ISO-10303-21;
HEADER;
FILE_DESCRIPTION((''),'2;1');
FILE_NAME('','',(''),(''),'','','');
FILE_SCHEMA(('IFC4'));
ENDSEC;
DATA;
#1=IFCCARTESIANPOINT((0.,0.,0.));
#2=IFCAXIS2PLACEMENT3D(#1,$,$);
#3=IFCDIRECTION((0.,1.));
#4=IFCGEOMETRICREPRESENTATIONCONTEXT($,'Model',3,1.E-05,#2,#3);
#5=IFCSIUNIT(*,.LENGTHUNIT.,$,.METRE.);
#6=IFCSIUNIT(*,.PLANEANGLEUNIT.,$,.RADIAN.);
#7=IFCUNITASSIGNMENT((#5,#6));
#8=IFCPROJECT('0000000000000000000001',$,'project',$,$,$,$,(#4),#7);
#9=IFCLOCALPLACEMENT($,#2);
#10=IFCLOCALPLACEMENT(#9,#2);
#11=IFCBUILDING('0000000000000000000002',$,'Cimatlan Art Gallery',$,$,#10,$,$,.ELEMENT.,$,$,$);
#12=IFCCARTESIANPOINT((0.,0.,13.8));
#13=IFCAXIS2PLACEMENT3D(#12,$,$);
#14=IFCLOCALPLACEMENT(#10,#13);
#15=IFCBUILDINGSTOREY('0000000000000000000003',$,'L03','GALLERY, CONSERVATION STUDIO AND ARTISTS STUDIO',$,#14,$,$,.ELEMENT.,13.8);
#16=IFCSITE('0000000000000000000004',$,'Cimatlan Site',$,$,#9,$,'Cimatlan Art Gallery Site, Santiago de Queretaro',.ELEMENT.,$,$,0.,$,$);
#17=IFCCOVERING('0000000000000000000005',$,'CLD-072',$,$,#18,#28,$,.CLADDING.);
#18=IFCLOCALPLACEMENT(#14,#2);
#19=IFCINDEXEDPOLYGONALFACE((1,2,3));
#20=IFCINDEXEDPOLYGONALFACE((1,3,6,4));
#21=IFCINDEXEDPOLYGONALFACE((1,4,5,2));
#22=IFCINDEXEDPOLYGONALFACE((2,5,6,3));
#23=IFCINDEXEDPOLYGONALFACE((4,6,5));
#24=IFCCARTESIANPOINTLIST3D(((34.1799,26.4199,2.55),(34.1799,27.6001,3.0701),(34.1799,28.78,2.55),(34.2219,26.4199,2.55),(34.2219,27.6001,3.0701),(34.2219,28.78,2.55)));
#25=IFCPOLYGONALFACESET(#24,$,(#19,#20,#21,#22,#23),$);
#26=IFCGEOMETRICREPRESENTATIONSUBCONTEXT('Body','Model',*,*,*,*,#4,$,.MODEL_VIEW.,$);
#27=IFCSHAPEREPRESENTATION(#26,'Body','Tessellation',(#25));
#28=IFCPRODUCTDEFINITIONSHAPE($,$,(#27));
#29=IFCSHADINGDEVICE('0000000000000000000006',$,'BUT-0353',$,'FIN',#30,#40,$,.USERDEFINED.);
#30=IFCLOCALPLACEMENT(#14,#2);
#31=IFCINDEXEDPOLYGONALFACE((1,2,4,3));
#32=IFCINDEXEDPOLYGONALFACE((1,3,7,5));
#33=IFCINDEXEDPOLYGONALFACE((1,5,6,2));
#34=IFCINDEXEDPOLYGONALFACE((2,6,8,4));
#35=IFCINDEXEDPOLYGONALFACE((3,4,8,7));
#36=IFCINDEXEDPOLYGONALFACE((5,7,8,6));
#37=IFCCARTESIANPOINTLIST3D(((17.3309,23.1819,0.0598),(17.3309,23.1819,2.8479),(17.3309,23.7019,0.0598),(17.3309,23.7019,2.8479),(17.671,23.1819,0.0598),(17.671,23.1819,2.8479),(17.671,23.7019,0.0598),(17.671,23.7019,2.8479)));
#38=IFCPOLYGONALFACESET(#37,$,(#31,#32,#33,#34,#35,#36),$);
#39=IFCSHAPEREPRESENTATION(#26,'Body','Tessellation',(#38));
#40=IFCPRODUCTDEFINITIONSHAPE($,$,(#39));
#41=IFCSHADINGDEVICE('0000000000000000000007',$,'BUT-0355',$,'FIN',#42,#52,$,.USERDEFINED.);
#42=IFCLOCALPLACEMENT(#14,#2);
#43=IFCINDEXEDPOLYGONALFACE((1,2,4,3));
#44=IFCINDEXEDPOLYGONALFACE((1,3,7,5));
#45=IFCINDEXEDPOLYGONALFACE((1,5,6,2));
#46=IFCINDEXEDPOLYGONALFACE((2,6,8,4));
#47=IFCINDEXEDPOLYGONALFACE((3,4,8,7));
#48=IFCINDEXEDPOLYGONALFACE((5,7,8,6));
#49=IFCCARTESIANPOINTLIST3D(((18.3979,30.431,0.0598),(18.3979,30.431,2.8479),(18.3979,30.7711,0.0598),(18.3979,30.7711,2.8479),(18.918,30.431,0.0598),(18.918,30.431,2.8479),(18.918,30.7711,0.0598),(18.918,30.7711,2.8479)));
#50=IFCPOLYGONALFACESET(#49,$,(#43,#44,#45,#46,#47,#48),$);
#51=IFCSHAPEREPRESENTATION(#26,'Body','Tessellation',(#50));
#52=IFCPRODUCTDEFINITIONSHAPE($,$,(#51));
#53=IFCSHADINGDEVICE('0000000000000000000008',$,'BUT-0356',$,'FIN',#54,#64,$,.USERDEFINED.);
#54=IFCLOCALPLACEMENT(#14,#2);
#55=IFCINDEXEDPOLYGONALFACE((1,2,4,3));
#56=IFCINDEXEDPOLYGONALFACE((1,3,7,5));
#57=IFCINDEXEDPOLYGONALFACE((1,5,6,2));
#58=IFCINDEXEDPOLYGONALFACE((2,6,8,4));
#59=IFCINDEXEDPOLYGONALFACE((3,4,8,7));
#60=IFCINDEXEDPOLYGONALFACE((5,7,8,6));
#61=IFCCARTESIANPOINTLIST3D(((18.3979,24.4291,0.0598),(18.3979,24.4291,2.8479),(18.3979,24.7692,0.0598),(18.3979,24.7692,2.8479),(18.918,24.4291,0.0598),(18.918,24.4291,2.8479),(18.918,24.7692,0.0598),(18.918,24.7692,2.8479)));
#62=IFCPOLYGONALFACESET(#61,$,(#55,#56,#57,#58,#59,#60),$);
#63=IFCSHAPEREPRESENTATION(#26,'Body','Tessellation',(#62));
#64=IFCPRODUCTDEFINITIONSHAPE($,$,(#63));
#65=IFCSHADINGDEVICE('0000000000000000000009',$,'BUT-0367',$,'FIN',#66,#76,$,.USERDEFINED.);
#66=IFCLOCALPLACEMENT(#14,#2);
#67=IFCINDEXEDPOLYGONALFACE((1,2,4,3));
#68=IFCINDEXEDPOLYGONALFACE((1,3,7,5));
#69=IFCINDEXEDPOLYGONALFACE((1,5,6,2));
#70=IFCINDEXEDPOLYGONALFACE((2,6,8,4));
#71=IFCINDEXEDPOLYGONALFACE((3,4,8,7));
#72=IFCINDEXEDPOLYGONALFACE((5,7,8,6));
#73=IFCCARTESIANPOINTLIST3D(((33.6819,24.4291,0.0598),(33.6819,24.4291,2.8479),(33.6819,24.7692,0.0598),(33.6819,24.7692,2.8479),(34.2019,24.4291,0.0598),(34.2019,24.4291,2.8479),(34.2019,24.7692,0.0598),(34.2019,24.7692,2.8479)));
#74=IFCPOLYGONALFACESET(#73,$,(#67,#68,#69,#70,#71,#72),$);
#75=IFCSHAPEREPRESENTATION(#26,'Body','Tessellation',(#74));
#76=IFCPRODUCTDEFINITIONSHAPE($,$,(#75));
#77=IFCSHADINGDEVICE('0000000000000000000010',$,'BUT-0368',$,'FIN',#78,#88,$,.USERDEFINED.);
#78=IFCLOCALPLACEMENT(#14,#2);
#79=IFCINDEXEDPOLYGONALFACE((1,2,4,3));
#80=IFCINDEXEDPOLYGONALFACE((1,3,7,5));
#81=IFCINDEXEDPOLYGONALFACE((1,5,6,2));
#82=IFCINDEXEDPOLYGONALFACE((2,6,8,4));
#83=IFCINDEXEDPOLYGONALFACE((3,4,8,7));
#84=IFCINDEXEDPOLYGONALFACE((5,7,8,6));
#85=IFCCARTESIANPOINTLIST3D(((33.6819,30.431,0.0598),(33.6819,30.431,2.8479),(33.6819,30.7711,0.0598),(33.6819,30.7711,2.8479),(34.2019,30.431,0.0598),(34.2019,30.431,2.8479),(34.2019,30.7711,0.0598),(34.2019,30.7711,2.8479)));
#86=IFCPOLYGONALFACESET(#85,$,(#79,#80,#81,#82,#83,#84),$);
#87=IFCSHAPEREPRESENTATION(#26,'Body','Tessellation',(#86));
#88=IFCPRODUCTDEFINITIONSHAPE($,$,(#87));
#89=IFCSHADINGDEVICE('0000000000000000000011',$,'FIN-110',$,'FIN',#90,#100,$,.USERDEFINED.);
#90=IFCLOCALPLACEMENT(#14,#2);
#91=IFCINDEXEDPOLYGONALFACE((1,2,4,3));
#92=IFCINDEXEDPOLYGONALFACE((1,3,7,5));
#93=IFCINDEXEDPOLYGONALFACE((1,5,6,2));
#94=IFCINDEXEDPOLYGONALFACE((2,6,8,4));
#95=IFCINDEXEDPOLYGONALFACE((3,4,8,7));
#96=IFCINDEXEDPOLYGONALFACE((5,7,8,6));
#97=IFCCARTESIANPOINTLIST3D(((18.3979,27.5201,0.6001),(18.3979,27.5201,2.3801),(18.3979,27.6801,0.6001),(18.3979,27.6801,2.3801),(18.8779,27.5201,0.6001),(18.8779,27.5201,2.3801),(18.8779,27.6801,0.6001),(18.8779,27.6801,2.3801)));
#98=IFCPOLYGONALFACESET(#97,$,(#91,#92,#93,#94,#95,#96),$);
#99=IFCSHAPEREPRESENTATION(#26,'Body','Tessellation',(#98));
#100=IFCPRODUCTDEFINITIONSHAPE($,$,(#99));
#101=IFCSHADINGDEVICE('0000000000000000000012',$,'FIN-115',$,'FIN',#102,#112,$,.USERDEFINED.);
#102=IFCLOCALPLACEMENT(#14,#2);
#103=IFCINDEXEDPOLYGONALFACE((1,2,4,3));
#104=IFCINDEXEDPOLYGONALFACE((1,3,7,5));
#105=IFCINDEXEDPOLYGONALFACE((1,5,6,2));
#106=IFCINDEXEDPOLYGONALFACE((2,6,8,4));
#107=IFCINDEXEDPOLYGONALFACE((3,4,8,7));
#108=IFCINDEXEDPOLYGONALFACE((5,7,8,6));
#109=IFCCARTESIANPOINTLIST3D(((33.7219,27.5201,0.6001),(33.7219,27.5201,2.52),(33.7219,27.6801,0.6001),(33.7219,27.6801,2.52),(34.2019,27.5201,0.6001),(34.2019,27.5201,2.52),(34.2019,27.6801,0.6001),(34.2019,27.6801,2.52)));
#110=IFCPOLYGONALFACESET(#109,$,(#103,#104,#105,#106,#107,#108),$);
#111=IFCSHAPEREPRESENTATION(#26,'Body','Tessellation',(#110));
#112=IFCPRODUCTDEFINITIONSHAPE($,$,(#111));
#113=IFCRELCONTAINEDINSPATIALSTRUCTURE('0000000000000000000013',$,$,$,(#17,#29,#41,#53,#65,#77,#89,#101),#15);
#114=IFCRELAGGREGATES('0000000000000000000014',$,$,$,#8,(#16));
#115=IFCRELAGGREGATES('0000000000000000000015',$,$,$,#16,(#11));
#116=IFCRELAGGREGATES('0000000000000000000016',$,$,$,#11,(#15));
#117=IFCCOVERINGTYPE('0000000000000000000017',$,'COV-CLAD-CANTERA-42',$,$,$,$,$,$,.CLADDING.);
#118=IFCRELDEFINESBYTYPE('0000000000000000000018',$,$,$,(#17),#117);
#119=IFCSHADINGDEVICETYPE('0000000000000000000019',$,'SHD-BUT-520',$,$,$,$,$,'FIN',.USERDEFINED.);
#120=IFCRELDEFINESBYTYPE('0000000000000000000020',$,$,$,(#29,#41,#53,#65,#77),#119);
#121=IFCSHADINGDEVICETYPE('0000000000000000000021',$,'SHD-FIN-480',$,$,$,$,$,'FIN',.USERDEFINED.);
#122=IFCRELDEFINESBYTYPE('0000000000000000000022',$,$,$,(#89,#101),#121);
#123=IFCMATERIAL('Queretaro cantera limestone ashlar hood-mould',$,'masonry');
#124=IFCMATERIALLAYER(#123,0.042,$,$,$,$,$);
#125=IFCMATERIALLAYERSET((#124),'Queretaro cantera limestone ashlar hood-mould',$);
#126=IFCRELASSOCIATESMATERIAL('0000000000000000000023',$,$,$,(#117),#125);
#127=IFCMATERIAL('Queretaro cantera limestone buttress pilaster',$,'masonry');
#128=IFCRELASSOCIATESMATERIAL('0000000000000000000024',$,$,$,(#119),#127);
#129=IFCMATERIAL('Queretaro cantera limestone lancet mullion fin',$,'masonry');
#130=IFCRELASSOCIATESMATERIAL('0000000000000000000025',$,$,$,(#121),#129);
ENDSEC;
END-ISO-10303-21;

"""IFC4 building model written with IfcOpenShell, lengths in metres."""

from ifc_helpers import new_model, si_unit, direction, frame, origin, origin_2d, place, context, subcontext, project, spatial, polyline, rectangle, outline, extrude, material, layer, layer_set, type_object, element, save


model = new_model("IFC4")

# Units and contexts
model_context = context("Model", 3, precision=1e-05, world=origin(), true_north=direction((0.0, 1.0)))
body_context = subcontext(model_context, "Body", "Model", "MODEL_VIEW")
ifc_project = project(units=[si_unit("LENGTHUNIT", "METRE"), si_unit("PLANEANGLEUNIT", "RADIAN")], contexts=[model_context])

# Site, building, storey
site_placement = place(None, origin())
site = spatial("IfcSite", under=ifc_project, at=site_placement, Name="Cimatlan Site", LongName="Cimatlan Art Gallery Site, Santiago de Queretaro", CompositionType="ELEMENT", RefElevation=0.0)
building_placement = place(site_placement, origin())
building = spatial("IfcBuilding", under=site, at=building_placement, Name="Cimatlan Art Gallery", CompositionType="ELEMENT")
storey_placement = place(building_placement, frame((0.0, 0.0, 13.8)))
storey = spatial("IfcBuildingStorey", under=building, at=storey_placement, Name="L03", Description="GALLERY, CONSERVATION STUDIO AND ARTISTS STUDIO", CompositionType="ELEMENT", Elevation=13.8)

# Covering
ifc_material_1 = material(Name="Queretaro cantera limestone ashlar hood-mould", Category="masonry")
ifc_layer_1 = layer(ifc_material_1, 0.042)
ifc_layer_set_1 = layer_set([ifc_layer_1], Name="Queretaro cantera limestone ashlar hood-mould")
covering_type = type_object("IfcCoveringType", Name="COV-CLAD-CANTERA-42", PredefinedType="CLADDING", material=ifc_layer_set_1)
covering_1_placement = place(storey_placement, frame((34.2219, 26.4199, 2.55), z_axis=(1.0, 0.0, 0.0), x_axis=(0.0, 1.0, 0.0)))
element("IfcCovering", 1, at=covering_1_placement, inside=storey, type_object=covering_type, Name="CLD-072", PredefinedType="CLADDING", context=body_context, shape_type="SweptSolid", body=[
    extrude(outline(polyline([(0.0, 0.0), (2.3601, 0.0), (1.1802, 0.52), (0.0, 0.0)])), origin(), (0.0, 0.0, -1.0), 0.042),
])

# Shading devices
ifc_material_2 = material(Name="Queretaro cantera limestone buttress pilaster", Category="masonry")
shading_device_type_1 = type_object("IfcShadingDeviceType", Name="SHD-BUT-520", ElementType="FIN", PredefinedType="USERDEFINED", material=ifc_material_2)
for number, where, z_axis, x_axis, name in (
    (2, (17.501, 23.4419, 0.0598), (0.0, 0.0, 1.0), (-1.0, 0.0, 0.0), "BUT-0353"),
    (3, (18.658, 30.6011, 0.0598), (0.0, 0.0, 1.0), (0.0, -1.0, 0.0), "BUT-0355"),
    (4, (18.658, 24.5991, 0.0598), (0.0, 0.0, 1.0), (0.0, -1.0, 0.0), "BUT-0356"),
    (5, (33.9419, 24.5991, 0.0598), (0.0, 0.0, 1.0), (0.0, 1.0, 0.0), "BUT-0367"),
    (6, (33.9419, 30.6011, 0.0598), (0.0, 0.0, 1.0), (0.0, 1.0, 0.0), "BUT-0368"),
):
    element("IfcShadingDevice", number, at=place(storey_placement, frame(where, z_axis=z_axis, x_axis=x_axis)), inside=storey, type_object=shading_device_type_1, Name=name, ObjectType="FIN", PredefinedType="USERDEFINED", context=body_context, shape_type="SweptSolid", body=[
        extrude(rectangle(XDim=0.3401, YDim=0.52, at=origin_2d()), origin(), (0.0, 0.0, 1.0), 2.7881),
    ])
ifc_material_3 = material(Name="Queretaro cantera limestone lancet mullion fin", Category="masonry")
shading_device_type_2 = type_object("IfcShadingDeviceType", Name="SHD-FIN-480", ElementType="FIN", PredefinedType="USERDEFINED", material=ifc_material_3)
shading_device_1_placement = place(storey_placement, frame((18.6379, 27.6001, 0.6001), z_axis=(0.0, 0.0, 1.0), x_axis=(0.0, -1.0, 0.0)))
element("IfcShadingDevice", 7, at=shading_device_1_placement, inside=storey, type_object=shading_device_type_2, Name="FIN-110", ObjectType="FIN", PredefinedType="USERDEFINED", context=body_context, shape_type="SweptSolid", body=[
    extrude(rectangle(XDim=0.1599, YDim=0.48, at=origin_2d()), origin(), (0.0, 0.0, 1.0), 1.78),
])
shading_device_2_placement = place(storey_placement, frame((33.9619, 27.6001, 0.6001), z_axis=(0.0, 0.0, 1.0), x_axis=(0.0, 1.0, 0.0)))
element("IfcShadingDevice", 8, at=shading_device_2_placement, inside=storey, type_object=shading_device_type_2, Name="FIN-115", ObjectType="FIN", PredefinedType="USERDEFINED", context=body_context, shape_type="SweptSolid", body=[
    extrude(rectangle(XDim=0.1599, YDim=0.48, at=origin_2d()), origin(), (0.0, 0.0, 1.0), 1.9199),
])

save(model, "model.ifc")
